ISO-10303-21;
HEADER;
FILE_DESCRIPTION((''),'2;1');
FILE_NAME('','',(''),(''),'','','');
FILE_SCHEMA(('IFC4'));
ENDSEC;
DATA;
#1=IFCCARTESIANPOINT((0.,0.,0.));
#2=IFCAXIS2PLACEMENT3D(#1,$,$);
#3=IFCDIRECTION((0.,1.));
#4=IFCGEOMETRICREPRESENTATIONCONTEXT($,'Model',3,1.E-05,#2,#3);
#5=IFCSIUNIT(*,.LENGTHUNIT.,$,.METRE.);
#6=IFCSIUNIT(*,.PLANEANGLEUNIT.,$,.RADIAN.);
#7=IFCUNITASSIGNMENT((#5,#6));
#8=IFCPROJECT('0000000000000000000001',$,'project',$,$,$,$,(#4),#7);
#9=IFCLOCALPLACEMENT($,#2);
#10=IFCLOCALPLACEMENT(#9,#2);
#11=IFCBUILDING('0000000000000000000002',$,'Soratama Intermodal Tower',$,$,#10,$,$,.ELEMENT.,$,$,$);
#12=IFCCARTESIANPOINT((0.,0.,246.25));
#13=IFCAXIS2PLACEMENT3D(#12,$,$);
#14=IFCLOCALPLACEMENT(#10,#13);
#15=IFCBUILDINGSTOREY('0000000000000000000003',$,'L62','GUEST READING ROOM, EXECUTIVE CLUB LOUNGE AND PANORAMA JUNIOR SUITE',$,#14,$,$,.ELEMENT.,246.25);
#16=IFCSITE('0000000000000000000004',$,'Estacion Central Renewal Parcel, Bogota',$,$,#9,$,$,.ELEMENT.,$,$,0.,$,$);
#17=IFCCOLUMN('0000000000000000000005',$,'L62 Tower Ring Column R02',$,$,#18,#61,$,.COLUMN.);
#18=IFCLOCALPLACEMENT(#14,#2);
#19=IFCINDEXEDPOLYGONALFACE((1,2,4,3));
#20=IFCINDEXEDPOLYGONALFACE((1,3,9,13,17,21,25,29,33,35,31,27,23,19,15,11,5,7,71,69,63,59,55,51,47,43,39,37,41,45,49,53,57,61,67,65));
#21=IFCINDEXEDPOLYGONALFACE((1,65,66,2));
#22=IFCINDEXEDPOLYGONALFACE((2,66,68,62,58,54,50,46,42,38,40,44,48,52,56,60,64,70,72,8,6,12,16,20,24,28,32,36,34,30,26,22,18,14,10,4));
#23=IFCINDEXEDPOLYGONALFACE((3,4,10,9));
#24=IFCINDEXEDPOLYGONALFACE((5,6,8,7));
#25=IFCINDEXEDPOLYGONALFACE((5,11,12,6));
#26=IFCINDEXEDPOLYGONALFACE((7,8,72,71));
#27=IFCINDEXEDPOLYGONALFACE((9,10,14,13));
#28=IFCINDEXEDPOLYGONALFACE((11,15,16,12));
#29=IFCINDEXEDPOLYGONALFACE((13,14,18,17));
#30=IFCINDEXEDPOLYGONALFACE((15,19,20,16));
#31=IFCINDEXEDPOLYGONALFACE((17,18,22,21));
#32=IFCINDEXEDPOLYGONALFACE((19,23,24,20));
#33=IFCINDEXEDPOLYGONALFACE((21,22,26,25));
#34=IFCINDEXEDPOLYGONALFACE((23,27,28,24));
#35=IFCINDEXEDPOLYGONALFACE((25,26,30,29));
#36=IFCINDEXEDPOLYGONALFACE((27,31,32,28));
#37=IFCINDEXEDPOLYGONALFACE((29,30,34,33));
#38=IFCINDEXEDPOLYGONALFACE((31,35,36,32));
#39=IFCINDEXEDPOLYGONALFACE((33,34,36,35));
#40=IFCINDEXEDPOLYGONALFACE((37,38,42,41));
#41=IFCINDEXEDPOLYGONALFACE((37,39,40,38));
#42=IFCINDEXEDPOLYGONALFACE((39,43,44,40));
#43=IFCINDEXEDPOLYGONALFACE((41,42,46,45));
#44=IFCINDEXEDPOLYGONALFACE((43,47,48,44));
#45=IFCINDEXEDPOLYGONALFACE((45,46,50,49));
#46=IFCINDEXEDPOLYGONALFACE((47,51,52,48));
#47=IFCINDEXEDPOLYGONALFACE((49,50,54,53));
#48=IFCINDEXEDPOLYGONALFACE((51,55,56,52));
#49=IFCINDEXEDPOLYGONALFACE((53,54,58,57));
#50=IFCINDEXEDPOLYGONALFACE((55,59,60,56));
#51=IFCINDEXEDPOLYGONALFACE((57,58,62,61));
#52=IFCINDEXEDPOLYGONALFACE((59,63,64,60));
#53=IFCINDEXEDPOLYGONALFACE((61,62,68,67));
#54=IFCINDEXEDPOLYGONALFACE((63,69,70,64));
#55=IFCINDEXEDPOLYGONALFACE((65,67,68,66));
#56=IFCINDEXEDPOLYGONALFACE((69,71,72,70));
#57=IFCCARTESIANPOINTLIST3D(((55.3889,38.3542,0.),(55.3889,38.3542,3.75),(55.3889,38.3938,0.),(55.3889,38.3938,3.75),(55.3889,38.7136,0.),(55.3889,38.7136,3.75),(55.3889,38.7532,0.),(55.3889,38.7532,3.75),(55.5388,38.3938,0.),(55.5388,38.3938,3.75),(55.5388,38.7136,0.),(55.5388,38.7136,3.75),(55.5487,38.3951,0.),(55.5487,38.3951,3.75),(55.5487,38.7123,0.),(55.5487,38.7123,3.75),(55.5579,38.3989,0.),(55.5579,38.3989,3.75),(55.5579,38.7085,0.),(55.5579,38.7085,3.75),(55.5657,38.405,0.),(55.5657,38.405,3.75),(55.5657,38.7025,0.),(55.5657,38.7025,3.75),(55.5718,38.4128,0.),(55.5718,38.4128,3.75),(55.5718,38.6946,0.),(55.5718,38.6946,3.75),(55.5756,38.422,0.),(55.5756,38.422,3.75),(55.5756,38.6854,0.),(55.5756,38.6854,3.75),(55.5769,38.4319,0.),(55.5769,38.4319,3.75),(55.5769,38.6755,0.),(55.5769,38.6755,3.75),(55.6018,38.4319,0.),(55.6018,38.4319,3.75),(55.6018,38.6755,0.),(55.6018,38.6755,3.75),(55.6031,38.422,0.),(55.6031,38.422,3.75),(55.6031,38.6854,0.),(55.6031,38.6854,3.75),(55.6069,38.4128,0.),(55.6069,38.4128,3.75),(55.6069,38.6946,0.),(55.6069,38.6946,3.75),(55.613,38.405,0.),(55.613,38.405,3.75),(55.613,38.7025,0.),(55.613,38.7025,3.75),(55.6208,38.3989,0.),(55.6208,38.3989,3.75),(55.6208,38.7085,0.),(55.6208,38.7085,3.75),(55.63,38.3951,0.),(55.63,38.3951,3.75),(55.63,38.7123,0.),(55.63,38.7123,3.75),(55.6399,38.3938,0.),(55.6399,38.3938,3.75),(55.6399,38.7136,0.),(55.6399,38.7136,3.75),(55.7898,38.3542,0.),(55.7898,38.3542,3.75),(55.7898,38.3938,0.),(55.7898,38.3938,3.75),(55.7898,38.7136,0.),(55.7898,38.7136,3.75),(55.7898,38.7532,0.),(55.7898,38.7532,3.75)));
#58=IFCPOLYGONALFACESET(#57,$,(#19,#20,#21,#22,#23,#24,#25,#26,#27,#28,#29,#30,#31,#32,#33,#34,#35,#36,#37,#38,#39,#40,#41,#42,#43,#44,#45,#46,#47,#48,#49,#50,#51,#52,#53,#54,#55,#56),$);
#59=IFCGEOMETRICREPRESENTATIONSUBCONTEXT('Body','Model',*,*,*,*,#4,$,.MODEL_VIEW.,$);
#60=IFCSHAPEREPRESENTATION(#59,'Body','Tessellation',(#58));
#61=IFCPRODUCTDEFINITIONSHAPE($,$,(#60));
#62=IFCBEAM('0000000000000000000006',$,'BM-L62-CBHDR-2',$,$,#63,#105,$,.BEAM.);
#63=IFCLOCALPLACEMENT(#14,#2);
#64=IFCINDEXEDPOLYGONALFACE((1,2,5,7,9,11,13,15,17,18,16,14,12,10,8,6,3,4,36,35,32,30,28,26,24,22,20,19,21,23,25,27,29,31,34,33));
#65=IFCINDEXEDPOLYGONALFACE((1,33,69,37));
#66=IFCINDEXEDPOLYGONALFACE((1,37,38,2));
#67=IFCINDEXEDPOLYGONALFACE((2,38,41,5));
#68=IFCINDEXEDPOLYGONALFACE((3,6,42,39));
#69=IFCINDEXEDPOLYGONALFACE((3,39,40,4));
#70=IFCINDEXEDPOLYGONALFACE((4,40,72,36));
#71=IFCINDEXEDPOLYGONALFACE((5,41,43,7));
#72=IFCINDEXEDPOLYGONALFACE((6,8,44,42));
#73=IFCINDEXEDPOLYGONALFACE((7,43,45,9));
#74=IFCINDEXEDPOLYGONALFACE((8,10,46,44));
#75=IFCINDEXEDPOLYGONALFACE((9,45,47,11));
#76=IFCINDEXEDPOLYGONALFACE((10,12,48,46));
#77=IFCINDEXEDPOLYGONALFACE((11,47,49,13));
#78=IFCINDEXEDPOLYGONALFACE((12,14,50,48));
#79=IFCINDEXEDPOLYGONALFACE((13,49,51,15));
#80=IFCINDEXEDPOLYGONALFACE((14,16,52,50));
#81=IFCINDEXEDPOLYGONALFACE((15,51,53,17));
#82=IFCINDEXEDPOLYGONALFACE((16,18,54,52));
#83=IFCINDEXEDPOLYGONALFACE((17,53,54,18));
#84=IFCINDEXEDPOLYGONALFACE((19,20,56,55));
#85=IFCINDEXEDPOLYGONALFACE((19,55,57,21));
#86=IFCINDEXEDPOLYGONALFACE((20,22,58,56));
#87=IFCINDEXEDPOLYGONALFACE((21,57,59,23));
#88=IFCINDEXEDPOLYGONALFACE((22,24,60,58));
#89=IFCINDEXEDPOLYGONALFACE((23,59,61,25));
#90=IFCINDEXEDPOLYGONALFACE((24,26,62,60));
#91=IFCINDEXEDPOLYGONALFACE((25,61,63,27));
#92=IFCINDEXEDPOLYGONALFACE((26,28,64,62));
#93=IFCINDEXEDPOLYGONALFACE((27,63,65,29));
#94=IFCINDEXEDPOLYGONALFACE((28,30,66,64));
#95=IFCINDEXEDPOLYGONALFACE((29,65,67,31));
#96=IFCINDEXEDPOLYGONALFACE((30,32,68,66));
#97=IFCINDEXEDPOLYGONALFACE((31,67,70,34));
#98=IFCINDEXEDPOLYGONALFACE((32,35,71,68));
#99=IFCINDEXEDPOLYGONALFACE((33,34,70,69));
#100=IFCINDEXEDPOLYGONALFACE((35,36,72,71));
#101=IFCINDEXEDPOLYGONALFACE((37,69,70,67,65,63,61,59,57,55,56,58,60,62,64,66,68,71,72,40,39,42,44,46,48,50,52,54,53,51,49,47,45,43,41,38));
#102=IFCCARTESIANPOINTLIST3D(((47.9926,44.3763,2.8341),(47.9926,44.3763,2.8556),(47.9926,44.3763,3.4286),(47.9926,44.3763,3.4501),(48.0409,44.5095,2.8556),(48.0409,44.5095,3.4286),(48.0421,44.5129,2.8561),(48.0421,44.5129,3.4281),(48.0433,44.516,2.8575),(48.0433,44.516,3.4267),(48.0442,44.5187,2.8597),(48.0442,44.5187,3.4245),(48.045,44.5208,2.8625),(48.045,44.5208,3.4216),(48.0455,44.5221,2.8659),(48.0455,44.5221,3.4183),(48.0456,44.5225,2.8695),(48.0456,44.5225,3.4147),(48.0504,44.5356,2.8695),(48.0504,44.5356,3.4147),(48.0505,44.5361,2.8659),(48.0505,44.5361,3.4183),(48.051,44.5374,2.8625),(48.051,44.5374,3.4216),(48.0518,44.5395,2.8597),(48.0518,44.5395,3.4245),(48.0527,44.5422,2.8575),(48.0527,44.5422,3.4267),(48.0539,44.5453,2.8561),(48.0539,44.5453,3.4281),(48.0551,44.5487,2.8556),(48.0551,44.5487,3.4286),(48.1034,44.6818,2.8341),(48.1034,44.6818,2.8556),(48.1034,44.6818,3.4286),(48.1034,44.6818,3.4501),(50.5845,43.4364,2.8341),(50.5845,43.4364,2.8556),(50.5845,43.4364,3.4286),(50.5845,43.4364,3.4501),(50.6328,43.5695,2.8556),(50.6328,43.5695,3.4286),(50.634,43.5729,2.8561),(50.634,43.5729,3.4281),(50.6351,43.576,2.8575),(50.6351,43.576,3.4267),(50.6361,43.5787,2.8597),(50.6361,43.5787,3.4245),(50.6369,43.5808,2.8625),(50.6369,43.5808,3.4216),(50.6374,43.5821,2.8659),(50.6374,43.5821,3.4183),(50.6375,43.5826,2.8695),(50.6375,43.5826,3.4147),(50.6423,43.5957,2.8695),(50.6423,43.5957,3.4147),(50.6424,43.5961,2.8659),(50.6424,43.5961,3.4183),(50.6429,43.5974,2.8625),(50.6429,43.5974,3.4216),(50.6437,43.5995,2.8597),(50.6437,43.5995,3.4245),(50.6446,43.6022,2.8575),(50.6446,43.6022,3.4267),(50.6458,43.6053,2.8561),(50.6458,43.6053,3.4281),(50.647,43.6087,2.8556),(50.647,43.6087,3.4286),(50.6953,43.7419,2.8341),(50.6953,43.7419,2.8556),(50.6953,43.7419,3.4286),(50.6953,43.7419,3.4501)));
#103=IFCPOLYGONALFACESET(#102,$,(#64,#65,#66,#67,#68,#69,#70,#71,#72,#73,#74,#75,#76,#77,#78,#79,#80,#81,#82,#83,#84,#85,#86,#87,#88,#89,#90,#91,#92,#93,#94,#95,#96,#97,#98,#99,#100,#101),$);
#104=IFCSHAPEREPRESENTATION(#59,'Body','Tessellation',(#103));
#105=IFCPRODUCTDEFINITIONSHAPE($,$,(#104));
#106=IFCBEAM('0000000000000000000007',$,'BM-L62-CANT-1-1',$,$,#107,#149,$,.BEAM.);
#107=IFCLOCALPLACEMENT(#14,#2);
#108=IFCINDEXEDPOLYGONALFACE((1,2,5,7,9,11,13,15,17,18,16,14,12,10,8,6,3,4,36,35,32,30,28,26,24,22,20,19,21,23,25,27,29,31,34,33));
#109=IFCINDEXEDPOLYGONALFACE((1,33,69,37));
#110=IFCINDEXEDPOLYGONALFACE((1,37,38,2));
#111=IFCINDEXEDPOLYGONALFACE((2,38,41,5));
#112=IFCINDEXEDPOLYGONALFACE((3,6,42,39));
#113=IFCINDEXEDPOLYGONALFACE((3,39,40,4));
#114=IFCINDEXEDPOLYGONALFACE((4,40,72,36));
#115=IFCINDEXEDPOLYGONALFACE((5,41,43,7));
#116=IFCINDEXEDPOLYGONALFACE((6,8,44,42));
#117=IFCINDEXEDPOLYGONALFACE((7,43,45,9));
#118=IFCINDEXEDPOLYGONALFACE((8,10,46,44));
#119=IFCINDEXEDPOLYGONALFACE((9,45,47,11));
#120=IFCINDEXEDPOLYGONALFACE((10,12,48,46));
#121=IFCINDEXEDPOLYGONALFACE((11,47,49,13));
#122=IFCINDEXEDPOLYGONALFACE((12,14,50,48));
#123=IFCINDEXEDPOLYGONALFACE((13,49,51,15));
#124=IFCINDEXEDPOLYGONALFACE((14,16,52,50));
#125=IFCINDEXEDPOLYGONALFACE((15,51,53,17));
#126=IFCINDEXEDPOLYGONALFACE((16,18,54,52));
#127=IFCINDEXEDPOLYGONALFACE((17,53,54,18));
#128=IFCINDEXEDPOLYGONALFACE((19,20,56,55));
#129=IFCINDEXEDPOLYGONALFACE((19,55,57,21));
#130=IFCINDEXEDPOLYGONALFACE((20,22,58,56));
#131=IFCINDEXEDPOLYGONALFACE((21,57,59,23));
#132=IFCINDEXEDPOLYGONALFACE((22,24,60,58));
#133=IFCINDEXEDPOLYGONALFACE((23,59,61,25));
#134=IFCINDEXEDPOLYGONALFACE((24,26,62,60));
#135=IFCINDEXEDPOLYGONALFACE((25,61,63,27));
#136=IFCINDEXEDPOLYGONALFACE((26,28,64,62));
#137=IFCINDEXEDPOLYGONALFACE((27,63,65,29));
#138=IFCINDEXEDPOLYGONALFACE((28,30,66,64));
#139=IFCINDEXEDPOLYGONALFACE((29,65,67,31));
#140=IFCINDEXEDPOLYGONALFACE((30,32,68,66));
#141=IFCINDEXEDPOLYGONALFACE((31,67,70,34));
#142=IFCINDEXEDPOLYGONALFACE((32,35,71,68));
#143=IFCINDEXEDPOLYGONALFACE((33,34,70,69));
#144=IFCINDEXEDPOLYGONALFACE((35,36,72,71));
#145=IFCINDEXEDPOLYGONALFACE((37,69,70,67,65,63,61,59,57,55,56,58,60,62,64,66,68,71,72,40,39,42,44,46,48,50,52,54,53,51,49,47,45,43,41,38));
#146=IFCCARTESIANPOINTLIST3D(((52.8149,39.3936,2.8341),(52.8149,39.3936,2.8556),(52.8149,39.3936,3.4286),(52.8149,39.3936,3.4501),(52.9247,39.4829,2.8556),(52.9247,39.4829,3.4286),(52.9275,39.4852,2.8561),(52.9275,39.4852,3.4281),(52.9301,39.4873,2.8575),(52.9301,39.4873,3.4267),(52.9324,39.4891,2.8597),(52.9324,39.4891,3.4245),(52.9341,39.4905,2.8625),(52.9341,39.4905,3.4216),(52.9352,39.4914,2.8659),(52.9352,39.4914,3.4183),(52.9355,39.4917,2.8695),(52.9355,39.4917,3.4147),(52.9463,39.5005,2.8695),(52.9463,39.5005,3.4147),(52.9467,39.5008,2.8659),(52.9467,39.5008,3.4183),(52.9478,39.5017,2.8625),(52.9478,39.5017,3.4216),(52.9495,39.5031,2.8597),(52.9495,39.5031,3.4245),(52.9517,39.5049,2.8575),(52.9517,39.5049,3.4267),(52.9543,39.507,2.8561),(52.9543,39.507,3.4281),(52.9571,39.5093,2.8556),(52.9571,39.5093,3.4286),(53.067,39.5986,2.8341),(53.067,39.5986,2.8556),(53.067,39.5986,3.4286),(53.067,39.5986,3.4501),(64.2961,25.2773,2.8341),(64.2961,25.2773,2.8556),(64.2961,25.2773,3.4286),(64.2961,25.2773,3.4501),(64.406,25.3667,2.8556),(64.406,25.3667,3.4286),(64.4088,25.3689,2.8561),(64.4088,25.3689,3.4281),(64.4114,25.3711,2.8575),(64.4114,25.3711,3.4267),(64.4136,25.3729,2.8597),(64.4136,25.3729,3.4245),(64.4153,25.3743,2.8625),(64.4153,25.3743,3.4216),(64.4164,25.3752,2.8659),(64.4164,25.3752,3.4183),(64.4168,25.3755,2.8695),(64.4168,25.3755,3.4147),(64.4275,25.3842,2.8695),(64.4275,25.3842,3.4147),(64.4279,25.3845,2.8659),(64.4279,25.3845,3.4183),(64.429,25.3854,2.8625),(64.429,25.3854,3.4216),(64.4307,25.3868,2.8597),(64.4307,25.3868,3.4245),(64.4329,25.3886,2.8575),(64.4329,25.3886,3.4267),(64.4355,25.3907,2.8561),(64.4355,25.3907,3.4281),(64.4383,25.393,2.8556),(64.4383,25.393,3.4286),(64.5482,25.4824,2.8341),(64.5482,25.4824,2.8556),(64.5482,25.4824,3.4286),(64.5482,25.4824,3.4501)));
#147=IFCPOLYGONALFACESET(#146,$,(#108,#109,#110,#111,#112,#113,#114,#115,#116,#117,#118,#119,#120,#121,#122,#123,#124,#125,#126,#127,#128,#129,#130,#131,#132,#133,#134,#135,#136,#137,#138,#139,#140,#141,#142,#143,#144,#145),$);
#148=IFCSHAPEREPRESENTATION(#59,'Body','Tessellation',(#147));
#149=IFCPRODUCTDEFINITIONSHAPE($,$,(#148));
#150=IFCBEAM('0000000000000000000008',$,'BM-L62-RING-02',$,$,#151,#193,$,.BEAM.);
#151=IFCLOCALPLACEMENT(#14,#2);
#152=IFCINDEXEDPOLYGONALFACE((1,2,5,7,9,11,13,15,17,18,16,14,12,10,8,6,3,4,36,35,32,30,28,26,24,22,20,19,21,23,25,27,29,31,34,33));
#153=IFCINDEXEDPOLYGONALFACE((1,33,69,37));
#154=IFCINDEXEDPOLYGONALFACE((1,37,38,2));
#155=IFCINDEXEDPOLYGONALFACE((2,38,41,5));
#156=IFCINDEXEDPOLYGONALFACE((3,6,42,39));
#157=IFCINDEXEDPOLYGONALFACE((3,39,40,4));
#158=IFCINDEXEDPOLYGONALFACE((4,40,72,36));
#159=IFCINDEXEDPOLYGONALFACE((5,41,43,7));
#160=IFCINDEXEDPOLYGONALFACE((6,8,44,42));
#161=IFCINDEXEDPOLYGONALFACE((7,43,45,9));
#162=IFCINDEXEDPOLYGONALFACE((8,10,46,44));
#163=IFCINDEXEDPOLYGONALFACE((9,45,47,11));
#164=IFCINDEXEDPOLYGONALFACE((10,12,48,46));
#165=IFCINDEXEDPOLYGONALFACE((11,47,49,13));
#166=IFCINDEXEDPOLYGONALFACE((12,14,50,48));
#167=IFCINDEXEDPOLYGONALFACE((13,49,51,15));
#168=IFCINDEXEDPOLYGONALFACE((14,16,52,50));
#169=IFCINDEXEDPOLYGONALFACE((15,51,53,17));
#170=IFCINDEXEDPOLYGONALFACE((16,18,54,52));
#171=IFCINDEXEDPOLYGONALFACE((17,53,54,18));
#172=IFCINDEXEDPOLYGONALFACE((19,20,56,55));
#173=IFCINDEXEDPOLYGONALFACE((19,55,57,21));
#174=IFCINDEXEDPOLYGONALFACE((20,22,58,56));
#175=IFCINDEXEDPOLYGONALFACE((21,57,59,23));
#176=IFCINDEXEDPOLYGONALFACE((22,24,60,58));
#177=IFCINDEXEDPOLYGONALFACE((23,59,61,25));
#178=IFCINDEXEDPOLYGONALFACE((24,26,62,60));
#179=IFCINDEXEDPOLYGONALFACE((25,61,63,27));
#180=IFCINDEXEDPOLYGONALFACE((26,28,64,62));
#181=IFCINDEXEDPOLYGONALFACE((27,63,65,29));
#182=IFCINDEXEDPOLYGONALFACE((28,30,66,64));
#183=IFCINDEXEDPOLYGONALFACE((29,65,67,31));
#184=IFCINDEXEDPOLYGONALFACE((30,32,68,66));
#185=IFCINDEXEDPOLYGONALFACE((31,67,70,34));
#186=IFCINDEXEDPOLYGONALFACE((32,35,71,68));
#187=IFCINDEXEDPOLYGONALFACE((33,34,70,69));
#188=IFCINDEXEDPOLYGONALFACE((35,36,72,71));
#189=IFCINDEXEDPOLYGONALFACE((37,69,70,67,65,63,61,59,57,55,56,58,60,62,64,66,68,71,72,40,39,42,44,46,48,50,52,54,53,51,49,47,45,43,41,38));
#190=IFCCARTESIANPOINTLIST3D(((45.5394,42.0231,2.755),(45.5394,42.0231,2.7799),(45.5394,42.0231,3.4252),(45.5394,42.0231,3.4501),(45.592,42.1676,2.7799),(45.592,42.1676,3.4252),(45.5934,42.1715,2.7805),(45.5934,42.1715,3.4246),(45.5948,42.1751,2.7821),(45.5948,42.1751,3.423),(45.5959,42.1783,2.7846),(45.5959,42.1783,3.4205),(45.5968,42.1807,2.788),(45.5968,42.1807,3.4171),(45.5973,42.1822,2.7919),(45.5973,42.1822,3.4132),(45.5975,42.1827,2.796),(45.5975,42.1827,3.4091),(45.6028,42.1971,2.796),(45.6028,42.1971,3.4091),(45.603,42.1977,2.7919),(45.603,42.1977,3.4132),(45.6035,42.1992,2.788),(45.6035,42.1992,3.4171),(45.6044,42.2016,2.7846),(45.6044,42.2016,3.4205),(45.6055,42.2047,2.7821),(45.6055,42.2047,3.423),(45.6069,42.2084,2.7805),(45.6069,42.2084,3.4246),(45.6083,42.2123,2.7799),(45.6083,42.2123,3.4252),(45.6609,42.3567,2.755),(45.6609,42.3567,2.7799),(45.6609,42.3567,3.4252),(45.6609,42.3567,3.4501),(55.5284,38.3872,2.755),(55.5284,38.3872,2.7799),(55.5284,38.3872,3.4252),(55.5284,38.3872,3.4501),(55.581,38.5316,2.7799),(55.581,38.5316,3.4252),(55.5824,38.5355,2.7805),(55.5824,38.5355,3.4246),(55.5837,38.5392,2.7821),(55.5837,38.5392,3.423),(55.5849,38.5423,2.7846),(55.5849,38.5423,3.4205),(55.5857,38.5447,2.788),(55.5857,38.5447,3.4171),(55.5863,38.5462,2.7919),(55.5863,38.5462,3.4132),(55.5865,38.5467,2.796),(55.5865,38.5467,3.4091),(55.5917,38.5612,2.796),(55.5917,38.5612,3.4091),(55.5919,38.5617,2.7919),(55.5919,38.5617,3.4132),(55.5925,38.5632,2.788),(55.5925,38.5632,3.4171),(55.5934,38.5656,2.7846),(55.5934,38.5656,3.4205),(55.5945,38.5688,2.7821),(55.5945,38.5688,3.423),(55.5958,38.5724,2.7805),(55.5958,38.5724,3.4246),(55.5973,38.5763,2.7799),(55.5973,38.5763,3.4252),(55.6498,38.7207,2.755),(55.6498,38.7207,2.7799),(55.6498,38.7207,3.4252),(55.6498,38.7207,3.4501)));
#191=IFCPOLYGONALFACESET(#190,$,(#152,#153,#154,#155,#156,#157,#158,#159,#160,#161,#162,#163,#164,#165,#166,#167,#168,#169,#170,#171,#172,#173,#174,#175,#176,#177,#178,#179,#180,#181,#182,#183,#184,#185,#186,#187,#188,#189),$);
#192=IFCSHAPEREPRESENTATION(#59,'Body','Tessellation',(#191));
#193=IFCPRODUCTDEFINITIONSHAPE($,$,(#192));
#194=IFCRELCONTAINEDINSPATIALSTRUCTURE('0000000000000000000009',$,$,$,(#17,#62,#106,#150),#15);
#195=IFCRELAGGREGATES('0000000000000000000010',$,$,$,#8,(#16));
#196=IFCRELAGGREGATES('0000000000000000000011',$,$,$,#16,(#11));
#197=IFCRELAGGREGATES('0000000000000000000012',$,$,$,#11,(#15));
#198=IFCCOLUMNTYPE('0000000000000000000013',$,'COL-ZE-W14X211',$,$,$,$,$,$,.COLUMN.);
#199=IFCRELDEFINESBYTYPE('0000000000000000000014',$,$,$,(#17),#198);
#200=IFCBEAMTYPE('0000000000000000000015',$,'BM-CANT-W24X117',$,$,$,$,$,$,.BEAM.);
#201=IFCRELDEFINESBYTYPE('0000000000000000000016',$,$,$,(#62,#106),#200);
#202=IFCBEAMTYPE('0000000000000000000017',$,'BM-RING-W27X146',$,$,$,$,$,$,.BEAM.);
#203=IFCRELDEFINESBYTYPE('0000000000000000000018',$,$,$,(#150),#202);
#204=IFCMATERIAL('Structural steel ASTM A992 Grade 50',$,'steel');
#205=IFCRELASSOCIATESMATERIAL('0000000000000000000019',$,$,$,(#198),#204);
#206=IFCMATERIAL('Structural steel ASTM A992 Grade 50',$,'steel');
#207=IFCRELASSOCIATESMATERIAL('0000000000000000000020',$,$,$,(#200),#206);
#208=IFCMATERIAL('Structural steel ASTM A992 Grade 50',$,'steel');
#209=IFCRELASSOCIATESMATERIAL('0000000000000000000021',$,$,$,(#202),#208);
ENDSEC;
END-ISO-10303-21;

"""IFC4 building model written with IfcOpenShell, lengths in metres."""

from ifc_helpers import new_model, si_unit, direction, frame, origin, origin_2d, place, context, subcontext, project, spatial, i_section, extrude, material, material_profile, profile_set, type_object, element, save


model = new_model("IFC4")

# Units and contexts
model_context = context("Model", 3, precision=1e-05, world=origin(), true_north=direction((0.0, 1.0)))
body_context = subcontext(model_context, "Body", "Model", "MODEL_VIEW")
ifc_project = project(units=[si_unit("LENGTHUNIT", "METRE"), si_unit("PLANEANGLEUNIT", "RADIAN")], contexts=[model_context])

# Site, building, storey
site_placement = place(None, origin())
site = spatial("IfcSite", under=ifc_project, at=site_placement, Name="Estacion Central Renewal Parcel, Bogota", CompositionType="ELEMENT", RefElevation=0.0)
building_placement = place(site_placement, origin())
building = spatial("IfcBuilding", under=site, at=building_placement, Name="Soratama Intermodal Tower", CompositionType="ELEMENT")
storey_placement = place(building_placement, frame((0.0, 0.0, 246.25)))
storey = spatial("IfcBuildingStorey", under=building, at=storey_placement, Name="L62", Description="GUEST READING ROOM, EXECUTIVE CLUB LOUNGE AND PANORAMA JUNIOR SUITE", CompositionType="ELEMENT", Elevation=246.25)

# Column
ifc_material_1 = material(Name="Structural steel ASTM A992 Grade 50", Category="steel")
ifc_material_profile_1 = material_profile(ifc_material_1, i_section(OverallWidth=0.4009, OverallDepth=0.3989, WebThickness=0.0249, FlangeThickness=0.0396, FilletRadius=0.0381, at=origin_2d()), Name="W14X211")
ifc_profile_set_1 = profile_set([ifc_material_profile_1], Name="Structural steel ASTM A992 Grade 50")
column_type = type_object("IfcColumnType", Name="COL-ZE-W14X211", PredefinedType="COLUMN", material=ifc_profile_set_1)
column_placement = place(storey_placement, frame((55.5894, 38.5537, 0.0), z_axis=(0.0, 0.0, 1.0), x_axis=(1.0, 0.0, 0.0)))
element("IfcColumn", 1, at=column_placement, inside=storey, type_object=column_type, Name="L62 Tower Ring Column R02", PredefinedType="COLUMN", context=body_context, shape_type="SweptSolid", body=[
    extrude(i_section(OverallWidth=0.4009, OverallDepth=0.3989, WebThickness=0.0249, FlangeThickness=0.0396, FilletRadius=0.0381, at=origin_2d()), origin(), (0.0, 0.0, 1.0), 3.75),
])

# Beams
ifc_material_2 = material(Name="Structural steel ASTM A992 Grade 50", Category="steel")
ifc_material_profile_2 = material_profile(ifc_material_2, i_section(OverallWidth=0.325, OverallDepth=0.616, WebThickness=0.0139, FlangeThickness=0.0215, FilletRadius=0.0139, at=origin_2d()), Name="W24X117")
ifc_profile_set_2 = profile_set([ifc_material_profile_2], Name="Structural steel ASTM A992 Grade 50")
beam_type_1 = type_object("IfcBeamType", Name="BM-CANT-W24X117", PredefinedType="BEAM", material=ifc_profile_set_2)
beam_1_placement = place(storey_placement, frame((50.6399, 43.5891, 3.1421), z_axis=(-0.940088, 0.340932, 0.0), x_axis=(-0.340932, -0.940088, 0.0)))
element("IfcBeam", 2, at=beam_1_placement, inside=storey, type_object=beam_type_1, Name="BM-L62-CBHDR-2", PredefinedType="BEAM", context=body_context, shape_type="SweptSolid", body=[
    extrude(i_section(OverallWidth=0.325, OverallDepth=0.616, WebThickness=0.0139, FlangeThickness=0.0215, FilletRadius=0.0139, at=origin_2d()), origin(), (0.0, 0.0, 1.0), 2.7571),
])
beam_2_placement = place(storey_placement, frame((52.9409, 39.4961, 3.1421), z_axis=(0.630983, -0.775797, 0.0), x_axis=(0.775797, 0.630983, 0.0)))
element("IfcBeam", 3, at=beam_2_placement, inside=storey, type_object=beam_type_1, Name="BM-L62-CANT-1-1", PredefinedType="BEAM", context=body_context, shape_type="SweptSolid", body=[
    extrude(i_section(OverallWidth=0.325, OverallDepth=0.616, WebThickness=0.0139, FlangeThickness=0.0215, FilletRadius=0.0139, at=origin_2d()), origin(), (0.0, 0.0, 1.0), 18.1958),
])
ifc_material_3 = material(Name="Structural steel ASTM A992 Grade 50", Category="steel")
ifc_material_profile_3 = material_profile(ifc_material_3, i_section(OverallWidth=0.355, OverallDepth=0.6951, WebThickness=0.0154, FlangeThickness=0.0249, FilletRadius=0.0161, at=origin_2d()), Name="W27X146")
ifc_profile_set_3 = profile_set([ifc_material_profile_3], Name="Structural steel ASTM A992 Grade 50")
beam_type_2 = type_object("IfcBeamType", Name="BM-RING-W27X146", PredefinedType="BEAM", material=ifc_profile_set_3)
beam_3_placement = place(storey_placement, frame((55.5891, 38.554, 3.1025), z_axis=(-0.939684, 0.342044, 0.0), x_axis=(-0.342044, -0.939684, 0.0)))
element("IfcBeam", 4, at=beam_3_placement, inside=storey, type_object=beam_type_2, Name="BM-L62-RING-02", PredefinedType="BEAM", context=body_context, shape_type="SweptSolid", body=[
    extrude(i_section(OverallWidth=0.355, OverallDepth=0.6951, WebThickness=0.0154, FlangeThickness=0.0249, FilletRadius=0.0161, at=origin_2d()), origin(), (0.0, 0.0, 1.0), 10.6301),
])

save(model, "model.ifc")
